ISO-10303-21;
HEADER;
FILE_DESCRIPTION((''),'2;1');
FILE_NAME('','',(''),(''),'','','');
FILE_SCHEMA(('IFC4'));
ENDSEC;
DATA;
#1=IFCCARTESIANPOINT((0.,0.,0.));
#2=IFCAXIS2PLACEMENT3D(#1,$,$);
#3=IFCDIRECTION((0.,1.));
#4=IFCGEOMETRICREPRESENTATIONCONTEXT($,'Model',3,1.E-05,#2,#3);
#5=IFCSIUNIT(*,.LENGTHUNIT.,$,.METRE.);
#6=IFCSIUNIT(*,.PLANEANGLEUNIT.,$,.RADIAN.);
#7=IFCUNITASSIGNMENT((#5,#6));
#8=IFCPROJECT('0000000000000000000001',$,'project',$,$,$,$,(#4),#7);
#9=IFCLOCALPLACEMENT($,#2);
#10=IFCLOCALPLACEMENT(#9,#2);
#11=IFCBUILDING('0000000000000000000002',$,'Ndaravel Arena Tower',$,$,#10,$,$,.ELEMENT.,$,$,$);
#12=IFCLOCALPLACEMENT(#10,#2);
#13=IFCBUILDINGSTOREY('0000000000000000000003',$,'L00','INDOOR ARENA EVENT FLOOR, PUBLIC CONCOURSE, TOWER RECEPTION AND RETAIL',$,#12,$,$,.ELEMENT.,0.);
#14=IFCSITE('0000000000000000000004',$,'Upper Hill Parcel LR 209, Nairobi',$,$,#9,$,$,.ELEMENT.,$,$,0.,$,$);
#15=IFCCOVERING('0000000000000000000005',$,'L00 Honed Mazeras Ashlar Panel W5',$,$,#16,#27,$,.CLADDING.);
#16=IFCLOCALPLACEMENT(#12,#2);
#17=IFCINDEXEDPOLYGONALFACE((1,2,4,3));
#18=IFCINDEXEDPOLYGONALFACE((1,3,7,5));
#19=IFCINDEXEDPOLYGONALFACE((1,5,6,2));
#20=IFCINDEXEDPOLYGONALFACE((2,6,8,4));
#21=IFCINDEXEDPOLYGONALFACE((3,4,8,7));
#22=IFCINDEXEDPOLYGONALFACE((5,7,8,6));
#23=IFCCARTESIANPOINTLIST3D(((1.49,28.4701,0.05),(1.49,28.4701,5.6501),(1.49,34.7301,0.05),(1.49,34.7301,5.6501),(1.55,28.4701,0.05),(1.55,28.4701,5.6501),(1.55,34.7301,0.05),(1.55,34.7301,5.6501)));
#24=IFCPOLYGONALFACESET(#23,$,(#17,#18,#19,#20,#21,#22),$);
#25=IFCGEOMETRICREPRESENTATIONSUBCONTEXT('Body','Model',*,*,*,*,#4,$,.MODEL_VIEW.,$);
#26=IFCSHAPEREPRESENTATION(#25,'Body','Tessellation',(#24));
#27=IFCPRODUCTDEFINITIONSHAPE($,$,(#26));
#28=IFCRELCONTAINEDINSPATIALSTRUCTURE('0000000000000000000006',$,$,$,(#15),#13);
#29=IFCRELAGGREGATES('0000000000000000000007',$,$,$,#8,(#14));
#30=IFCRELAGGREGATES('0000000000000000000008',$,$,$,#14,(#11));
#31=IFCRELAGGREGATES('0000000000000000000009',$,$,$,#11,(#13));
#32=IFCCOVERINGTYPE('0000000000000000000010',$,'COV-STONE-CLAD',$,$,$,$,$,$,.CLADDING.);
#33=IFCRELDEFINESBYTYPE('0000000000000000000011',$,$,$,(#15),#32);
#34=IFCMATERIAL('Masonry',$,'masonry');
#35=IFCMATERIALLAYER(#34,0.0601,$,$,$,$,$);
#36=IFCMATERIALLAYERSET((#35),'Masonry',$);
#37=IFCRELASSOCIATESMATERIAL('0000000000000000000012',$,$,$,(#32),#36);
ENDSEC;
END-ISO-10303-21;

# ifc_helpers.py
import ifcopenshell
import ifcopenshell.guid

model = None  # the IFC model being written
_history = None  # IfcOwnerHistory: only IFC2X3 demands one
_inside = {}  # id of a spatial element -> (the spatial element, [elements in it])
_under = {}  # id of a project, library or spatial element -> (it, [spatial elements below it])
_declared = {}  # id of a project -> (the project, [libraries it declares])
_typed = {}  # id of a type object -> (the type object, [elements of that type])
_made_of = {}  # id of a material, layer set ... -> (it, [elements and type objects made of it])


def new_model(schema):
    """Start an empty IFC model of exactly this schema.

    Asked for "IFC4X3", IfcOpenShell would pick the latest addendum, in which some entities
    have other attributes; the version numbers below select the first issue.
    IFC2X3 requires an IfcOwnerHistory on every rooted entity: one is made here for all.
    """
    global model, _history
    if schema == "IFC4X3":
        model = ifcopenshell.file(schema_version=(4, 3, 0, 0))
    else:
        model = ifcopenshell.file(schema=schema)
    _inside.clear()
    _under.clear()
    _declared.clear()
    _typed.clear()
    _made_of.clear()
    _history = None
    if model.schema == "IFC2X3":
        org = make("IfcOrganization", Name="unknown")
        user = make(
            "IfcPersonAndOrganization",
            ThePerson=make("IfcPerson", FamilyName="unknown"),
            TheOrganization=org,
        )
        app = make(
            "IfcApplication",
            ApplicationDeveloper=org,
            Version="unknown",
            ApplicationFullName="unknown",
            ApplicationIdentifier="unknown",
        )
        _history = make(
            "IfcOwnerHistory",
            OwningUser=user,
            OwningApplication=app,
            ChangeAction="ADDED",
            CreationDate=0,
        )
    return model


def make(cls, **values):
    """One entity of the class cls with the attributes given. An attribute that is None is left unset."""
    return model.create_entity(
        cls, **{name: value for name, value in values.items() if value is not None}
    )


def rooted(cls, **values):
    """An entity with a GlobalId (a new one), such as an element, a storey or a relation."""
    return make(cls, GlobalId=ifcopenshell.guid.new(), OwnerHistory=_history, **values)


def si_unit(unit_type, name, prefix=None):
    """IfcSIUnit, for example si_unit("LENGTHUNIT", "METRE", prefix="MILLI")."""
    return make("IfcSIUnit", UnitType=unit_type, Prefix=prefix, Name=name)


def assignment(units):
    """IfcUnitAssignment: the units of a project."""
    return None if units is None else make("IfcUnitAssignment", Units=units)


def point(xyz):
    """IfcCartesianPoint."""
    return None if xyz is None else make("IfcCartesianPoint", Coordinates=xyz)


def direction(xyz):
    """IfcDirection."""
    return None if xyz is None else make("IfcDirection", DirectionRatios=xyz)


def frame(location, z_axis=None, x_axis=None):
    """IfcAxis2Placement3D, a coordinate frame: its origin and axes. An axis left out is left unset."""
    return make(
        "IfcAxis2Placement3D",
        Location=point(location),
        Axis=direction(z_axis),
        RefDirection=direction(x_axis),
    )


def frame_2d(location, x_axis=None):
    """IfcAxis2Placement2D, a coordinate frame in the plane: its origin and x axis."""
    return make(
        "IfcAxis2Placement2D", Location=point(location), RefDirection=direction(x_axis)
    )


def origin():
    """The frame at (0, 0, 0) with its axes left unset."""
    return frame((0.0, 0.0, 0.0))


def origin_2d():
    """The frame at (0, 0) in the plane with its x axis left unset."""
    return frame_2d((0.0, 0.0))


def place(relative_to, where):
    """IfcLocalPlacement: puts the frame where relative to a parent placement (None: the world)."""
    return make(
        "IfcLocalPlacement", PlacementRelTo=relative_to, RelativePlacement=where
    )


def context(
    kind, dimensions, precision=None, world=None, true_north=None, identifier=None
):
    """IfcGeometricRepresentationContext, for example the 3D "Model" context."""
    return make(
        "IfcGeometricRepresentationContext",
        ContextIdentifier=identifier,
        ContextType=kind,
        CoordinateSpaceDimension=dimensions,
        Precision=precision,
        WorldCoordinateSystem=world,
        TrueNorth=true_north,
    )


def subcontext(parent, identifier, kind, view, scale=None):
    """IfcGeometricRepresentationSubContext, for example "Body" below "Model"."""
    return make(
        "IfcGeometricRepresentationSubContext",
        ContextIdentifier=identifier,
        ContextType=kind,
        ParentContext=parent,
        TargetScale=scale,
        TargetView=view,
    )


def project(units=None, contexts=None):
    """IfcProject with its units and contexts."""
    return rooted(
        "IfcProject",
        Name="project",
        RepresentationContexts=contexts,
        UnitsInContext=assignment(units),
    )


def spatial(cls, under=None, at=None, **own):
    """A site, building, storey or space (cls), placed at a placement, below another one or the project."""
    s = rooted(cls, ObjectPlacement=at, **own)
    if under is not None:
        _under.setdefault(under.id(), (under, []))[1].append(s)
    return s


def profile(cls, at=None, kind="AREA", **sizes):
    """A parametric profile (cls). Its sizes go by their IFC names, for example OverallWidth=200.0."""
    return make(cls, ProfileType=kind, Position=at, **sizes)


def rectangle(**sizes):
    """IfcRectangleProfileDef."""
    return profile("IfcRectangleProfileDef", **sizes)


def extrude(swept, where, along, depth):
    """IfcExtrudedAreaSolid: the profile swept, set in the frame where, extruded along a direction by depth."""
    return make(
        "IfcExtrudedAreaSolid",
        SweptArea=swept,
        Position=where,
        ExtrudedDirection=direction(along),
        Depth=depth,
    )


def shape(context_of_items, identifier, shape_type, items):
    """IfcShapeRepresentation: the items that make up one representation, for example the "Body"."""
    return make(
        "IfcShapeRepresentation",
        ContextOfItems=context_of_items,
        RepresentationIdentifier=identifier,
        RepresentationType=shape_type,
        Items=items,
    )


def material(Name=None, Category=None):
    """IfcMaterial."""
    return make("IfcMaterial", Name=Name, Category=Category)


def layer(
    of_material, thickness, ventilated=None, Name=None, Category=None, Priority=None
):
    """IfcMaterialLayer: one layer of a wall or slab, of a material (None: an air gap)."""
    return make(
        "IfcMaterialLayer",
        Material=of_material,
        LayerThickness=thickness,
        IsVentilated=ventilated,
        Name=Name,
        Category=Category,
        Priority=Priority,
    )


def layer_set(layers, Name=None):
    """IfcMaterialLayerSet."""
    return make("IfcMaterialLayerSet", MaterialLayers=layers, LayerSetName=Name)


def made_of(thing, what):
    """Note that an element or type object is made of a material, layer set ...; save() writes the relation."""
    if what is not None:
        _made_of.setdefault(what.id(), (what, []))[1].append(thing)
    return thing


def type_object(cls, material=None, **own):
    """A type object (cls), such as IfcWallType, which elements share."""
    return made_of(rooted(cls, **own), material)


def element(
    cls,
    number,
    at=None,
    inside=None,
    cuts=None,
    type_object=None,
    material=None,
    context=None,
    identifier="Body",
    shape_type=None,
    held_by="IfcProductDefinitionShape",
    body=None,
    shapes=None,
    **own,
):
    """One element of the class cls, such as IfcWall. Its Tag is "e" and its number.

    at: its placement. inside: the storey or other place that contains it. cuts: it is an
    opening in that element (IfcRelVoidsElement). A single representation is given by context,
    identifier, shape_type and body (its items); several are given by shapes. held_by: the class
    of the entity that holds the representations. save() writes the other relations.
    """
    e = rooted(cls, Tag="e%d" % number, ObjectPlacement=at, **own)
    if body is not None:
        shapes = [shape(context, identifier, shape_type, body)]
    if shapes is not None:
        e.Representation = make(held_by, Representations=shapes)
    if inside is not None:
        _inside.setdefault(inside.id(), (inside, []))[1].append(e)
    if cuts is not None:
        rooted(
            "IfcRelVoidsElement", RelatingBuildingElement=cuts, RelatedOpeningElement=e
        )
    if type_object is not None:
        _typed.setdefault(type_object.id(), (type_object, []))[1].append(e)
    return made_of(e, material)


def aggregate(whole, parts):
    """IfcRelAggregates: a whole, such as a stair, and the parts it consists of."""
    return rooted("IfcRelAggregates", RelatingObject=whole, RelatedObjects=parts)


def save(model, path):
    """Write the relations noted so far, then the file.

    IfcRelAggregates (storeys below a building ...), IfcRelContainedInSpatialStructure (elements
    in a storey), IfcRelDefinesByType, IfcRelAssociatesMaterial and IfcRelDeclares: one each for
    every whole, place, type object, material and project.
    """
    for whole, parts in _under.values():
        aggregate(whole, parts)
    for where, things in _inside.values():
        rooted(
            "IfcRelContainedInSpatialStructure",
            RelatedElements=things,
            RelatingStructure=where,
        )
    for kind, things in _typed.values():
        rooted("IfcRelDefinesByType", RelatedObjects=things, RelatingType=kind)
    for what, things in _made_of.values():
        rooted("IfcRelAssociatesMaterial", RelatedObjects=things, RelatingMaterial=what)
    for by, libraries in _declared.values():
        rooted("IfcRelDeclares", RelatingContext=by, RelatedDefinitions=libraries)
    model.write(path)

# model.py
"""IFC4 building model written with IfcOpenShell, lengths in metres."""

from ifc_helpers import new_model, si_unit, direction, frame, origin, origin_2d, place, context, subcontext, project, spatial, rectangle, extrude, material, layer, layer_set, type_object, element, save


model = new_model("IFC4")

# Units and contexts
model_context = context("Model", 3, precision=1e-05, world=origin(), true_north=direction((0.0, 1.0)))
body_context = subcontext(model_context, "Body", "Model", "MODEL_VIEW")
ifc_project = project(units=[si_unit("LENGTHUNIT", "METRE"), si_unit("PLANEANGLEUNIT", "RADIAN")], contexts=[model_context])

# Site, building, storey
site_placement = place(None, origin())
site = spatial("IfcSite", under=ifc_project, at=site_placement, Name="Upper Hill Parcel LR 209, Nairobi", CompositionType="ELEMENT", RefElevation=0.0)
building_placement = place(site_placement, origin())
building = spatial("IfcBuilding", under=site, at=building_placement, Name="Ndaravel Arena Tower", CompositionType="ELEMENT")
storey_placement = place(building_placement, origin())
storey = spatial("IfcBuildingStorey", under=building, at=storey_placement, Name="L00", Description="INDOOR ARENA EVENT FLOOR, PUBLIC CONCOURSE, TOWER RECEPTION AND RETAIL", CompositionType="ELEMENT", Elevation=0.0)

# Covering
ifc_material_1 = material(Name="Masonry", Category="masonry")
ifc_layer_1 = layer(ifc_material_1, 0.0601)
ifc_layer_set_1 = layer_set([ifc_layer_1], Name="Masonry")
covering_type = type_object("IfcCoveringType", Name="COV-STONE-CLAD", PredefinedType="CLADDING", material=ifc_layer_set_1)
covering_placement = place(storey_placement, frame((1.52, 31.6001, 0.05), z_axis=(0.0, 0.0, 1.0), x_axis=(1.0, 0.0, 0.0)))
element("IfcCovering", 1, at=covering_placement, inside=storey, type_object=covering_type, Name="L00 Honed Mazeras Ashlar Panel W5", PredefinedType="CLADDING", context=body_context, shape_type="SweptSolid", body=[
    extrude(rectangle(XDim=0.0601, YDim=6.26, at=origin_2d()), origin(), (0.0, 0.0, 1.0), 5.6001),
])

save(model, "model.ifc")
